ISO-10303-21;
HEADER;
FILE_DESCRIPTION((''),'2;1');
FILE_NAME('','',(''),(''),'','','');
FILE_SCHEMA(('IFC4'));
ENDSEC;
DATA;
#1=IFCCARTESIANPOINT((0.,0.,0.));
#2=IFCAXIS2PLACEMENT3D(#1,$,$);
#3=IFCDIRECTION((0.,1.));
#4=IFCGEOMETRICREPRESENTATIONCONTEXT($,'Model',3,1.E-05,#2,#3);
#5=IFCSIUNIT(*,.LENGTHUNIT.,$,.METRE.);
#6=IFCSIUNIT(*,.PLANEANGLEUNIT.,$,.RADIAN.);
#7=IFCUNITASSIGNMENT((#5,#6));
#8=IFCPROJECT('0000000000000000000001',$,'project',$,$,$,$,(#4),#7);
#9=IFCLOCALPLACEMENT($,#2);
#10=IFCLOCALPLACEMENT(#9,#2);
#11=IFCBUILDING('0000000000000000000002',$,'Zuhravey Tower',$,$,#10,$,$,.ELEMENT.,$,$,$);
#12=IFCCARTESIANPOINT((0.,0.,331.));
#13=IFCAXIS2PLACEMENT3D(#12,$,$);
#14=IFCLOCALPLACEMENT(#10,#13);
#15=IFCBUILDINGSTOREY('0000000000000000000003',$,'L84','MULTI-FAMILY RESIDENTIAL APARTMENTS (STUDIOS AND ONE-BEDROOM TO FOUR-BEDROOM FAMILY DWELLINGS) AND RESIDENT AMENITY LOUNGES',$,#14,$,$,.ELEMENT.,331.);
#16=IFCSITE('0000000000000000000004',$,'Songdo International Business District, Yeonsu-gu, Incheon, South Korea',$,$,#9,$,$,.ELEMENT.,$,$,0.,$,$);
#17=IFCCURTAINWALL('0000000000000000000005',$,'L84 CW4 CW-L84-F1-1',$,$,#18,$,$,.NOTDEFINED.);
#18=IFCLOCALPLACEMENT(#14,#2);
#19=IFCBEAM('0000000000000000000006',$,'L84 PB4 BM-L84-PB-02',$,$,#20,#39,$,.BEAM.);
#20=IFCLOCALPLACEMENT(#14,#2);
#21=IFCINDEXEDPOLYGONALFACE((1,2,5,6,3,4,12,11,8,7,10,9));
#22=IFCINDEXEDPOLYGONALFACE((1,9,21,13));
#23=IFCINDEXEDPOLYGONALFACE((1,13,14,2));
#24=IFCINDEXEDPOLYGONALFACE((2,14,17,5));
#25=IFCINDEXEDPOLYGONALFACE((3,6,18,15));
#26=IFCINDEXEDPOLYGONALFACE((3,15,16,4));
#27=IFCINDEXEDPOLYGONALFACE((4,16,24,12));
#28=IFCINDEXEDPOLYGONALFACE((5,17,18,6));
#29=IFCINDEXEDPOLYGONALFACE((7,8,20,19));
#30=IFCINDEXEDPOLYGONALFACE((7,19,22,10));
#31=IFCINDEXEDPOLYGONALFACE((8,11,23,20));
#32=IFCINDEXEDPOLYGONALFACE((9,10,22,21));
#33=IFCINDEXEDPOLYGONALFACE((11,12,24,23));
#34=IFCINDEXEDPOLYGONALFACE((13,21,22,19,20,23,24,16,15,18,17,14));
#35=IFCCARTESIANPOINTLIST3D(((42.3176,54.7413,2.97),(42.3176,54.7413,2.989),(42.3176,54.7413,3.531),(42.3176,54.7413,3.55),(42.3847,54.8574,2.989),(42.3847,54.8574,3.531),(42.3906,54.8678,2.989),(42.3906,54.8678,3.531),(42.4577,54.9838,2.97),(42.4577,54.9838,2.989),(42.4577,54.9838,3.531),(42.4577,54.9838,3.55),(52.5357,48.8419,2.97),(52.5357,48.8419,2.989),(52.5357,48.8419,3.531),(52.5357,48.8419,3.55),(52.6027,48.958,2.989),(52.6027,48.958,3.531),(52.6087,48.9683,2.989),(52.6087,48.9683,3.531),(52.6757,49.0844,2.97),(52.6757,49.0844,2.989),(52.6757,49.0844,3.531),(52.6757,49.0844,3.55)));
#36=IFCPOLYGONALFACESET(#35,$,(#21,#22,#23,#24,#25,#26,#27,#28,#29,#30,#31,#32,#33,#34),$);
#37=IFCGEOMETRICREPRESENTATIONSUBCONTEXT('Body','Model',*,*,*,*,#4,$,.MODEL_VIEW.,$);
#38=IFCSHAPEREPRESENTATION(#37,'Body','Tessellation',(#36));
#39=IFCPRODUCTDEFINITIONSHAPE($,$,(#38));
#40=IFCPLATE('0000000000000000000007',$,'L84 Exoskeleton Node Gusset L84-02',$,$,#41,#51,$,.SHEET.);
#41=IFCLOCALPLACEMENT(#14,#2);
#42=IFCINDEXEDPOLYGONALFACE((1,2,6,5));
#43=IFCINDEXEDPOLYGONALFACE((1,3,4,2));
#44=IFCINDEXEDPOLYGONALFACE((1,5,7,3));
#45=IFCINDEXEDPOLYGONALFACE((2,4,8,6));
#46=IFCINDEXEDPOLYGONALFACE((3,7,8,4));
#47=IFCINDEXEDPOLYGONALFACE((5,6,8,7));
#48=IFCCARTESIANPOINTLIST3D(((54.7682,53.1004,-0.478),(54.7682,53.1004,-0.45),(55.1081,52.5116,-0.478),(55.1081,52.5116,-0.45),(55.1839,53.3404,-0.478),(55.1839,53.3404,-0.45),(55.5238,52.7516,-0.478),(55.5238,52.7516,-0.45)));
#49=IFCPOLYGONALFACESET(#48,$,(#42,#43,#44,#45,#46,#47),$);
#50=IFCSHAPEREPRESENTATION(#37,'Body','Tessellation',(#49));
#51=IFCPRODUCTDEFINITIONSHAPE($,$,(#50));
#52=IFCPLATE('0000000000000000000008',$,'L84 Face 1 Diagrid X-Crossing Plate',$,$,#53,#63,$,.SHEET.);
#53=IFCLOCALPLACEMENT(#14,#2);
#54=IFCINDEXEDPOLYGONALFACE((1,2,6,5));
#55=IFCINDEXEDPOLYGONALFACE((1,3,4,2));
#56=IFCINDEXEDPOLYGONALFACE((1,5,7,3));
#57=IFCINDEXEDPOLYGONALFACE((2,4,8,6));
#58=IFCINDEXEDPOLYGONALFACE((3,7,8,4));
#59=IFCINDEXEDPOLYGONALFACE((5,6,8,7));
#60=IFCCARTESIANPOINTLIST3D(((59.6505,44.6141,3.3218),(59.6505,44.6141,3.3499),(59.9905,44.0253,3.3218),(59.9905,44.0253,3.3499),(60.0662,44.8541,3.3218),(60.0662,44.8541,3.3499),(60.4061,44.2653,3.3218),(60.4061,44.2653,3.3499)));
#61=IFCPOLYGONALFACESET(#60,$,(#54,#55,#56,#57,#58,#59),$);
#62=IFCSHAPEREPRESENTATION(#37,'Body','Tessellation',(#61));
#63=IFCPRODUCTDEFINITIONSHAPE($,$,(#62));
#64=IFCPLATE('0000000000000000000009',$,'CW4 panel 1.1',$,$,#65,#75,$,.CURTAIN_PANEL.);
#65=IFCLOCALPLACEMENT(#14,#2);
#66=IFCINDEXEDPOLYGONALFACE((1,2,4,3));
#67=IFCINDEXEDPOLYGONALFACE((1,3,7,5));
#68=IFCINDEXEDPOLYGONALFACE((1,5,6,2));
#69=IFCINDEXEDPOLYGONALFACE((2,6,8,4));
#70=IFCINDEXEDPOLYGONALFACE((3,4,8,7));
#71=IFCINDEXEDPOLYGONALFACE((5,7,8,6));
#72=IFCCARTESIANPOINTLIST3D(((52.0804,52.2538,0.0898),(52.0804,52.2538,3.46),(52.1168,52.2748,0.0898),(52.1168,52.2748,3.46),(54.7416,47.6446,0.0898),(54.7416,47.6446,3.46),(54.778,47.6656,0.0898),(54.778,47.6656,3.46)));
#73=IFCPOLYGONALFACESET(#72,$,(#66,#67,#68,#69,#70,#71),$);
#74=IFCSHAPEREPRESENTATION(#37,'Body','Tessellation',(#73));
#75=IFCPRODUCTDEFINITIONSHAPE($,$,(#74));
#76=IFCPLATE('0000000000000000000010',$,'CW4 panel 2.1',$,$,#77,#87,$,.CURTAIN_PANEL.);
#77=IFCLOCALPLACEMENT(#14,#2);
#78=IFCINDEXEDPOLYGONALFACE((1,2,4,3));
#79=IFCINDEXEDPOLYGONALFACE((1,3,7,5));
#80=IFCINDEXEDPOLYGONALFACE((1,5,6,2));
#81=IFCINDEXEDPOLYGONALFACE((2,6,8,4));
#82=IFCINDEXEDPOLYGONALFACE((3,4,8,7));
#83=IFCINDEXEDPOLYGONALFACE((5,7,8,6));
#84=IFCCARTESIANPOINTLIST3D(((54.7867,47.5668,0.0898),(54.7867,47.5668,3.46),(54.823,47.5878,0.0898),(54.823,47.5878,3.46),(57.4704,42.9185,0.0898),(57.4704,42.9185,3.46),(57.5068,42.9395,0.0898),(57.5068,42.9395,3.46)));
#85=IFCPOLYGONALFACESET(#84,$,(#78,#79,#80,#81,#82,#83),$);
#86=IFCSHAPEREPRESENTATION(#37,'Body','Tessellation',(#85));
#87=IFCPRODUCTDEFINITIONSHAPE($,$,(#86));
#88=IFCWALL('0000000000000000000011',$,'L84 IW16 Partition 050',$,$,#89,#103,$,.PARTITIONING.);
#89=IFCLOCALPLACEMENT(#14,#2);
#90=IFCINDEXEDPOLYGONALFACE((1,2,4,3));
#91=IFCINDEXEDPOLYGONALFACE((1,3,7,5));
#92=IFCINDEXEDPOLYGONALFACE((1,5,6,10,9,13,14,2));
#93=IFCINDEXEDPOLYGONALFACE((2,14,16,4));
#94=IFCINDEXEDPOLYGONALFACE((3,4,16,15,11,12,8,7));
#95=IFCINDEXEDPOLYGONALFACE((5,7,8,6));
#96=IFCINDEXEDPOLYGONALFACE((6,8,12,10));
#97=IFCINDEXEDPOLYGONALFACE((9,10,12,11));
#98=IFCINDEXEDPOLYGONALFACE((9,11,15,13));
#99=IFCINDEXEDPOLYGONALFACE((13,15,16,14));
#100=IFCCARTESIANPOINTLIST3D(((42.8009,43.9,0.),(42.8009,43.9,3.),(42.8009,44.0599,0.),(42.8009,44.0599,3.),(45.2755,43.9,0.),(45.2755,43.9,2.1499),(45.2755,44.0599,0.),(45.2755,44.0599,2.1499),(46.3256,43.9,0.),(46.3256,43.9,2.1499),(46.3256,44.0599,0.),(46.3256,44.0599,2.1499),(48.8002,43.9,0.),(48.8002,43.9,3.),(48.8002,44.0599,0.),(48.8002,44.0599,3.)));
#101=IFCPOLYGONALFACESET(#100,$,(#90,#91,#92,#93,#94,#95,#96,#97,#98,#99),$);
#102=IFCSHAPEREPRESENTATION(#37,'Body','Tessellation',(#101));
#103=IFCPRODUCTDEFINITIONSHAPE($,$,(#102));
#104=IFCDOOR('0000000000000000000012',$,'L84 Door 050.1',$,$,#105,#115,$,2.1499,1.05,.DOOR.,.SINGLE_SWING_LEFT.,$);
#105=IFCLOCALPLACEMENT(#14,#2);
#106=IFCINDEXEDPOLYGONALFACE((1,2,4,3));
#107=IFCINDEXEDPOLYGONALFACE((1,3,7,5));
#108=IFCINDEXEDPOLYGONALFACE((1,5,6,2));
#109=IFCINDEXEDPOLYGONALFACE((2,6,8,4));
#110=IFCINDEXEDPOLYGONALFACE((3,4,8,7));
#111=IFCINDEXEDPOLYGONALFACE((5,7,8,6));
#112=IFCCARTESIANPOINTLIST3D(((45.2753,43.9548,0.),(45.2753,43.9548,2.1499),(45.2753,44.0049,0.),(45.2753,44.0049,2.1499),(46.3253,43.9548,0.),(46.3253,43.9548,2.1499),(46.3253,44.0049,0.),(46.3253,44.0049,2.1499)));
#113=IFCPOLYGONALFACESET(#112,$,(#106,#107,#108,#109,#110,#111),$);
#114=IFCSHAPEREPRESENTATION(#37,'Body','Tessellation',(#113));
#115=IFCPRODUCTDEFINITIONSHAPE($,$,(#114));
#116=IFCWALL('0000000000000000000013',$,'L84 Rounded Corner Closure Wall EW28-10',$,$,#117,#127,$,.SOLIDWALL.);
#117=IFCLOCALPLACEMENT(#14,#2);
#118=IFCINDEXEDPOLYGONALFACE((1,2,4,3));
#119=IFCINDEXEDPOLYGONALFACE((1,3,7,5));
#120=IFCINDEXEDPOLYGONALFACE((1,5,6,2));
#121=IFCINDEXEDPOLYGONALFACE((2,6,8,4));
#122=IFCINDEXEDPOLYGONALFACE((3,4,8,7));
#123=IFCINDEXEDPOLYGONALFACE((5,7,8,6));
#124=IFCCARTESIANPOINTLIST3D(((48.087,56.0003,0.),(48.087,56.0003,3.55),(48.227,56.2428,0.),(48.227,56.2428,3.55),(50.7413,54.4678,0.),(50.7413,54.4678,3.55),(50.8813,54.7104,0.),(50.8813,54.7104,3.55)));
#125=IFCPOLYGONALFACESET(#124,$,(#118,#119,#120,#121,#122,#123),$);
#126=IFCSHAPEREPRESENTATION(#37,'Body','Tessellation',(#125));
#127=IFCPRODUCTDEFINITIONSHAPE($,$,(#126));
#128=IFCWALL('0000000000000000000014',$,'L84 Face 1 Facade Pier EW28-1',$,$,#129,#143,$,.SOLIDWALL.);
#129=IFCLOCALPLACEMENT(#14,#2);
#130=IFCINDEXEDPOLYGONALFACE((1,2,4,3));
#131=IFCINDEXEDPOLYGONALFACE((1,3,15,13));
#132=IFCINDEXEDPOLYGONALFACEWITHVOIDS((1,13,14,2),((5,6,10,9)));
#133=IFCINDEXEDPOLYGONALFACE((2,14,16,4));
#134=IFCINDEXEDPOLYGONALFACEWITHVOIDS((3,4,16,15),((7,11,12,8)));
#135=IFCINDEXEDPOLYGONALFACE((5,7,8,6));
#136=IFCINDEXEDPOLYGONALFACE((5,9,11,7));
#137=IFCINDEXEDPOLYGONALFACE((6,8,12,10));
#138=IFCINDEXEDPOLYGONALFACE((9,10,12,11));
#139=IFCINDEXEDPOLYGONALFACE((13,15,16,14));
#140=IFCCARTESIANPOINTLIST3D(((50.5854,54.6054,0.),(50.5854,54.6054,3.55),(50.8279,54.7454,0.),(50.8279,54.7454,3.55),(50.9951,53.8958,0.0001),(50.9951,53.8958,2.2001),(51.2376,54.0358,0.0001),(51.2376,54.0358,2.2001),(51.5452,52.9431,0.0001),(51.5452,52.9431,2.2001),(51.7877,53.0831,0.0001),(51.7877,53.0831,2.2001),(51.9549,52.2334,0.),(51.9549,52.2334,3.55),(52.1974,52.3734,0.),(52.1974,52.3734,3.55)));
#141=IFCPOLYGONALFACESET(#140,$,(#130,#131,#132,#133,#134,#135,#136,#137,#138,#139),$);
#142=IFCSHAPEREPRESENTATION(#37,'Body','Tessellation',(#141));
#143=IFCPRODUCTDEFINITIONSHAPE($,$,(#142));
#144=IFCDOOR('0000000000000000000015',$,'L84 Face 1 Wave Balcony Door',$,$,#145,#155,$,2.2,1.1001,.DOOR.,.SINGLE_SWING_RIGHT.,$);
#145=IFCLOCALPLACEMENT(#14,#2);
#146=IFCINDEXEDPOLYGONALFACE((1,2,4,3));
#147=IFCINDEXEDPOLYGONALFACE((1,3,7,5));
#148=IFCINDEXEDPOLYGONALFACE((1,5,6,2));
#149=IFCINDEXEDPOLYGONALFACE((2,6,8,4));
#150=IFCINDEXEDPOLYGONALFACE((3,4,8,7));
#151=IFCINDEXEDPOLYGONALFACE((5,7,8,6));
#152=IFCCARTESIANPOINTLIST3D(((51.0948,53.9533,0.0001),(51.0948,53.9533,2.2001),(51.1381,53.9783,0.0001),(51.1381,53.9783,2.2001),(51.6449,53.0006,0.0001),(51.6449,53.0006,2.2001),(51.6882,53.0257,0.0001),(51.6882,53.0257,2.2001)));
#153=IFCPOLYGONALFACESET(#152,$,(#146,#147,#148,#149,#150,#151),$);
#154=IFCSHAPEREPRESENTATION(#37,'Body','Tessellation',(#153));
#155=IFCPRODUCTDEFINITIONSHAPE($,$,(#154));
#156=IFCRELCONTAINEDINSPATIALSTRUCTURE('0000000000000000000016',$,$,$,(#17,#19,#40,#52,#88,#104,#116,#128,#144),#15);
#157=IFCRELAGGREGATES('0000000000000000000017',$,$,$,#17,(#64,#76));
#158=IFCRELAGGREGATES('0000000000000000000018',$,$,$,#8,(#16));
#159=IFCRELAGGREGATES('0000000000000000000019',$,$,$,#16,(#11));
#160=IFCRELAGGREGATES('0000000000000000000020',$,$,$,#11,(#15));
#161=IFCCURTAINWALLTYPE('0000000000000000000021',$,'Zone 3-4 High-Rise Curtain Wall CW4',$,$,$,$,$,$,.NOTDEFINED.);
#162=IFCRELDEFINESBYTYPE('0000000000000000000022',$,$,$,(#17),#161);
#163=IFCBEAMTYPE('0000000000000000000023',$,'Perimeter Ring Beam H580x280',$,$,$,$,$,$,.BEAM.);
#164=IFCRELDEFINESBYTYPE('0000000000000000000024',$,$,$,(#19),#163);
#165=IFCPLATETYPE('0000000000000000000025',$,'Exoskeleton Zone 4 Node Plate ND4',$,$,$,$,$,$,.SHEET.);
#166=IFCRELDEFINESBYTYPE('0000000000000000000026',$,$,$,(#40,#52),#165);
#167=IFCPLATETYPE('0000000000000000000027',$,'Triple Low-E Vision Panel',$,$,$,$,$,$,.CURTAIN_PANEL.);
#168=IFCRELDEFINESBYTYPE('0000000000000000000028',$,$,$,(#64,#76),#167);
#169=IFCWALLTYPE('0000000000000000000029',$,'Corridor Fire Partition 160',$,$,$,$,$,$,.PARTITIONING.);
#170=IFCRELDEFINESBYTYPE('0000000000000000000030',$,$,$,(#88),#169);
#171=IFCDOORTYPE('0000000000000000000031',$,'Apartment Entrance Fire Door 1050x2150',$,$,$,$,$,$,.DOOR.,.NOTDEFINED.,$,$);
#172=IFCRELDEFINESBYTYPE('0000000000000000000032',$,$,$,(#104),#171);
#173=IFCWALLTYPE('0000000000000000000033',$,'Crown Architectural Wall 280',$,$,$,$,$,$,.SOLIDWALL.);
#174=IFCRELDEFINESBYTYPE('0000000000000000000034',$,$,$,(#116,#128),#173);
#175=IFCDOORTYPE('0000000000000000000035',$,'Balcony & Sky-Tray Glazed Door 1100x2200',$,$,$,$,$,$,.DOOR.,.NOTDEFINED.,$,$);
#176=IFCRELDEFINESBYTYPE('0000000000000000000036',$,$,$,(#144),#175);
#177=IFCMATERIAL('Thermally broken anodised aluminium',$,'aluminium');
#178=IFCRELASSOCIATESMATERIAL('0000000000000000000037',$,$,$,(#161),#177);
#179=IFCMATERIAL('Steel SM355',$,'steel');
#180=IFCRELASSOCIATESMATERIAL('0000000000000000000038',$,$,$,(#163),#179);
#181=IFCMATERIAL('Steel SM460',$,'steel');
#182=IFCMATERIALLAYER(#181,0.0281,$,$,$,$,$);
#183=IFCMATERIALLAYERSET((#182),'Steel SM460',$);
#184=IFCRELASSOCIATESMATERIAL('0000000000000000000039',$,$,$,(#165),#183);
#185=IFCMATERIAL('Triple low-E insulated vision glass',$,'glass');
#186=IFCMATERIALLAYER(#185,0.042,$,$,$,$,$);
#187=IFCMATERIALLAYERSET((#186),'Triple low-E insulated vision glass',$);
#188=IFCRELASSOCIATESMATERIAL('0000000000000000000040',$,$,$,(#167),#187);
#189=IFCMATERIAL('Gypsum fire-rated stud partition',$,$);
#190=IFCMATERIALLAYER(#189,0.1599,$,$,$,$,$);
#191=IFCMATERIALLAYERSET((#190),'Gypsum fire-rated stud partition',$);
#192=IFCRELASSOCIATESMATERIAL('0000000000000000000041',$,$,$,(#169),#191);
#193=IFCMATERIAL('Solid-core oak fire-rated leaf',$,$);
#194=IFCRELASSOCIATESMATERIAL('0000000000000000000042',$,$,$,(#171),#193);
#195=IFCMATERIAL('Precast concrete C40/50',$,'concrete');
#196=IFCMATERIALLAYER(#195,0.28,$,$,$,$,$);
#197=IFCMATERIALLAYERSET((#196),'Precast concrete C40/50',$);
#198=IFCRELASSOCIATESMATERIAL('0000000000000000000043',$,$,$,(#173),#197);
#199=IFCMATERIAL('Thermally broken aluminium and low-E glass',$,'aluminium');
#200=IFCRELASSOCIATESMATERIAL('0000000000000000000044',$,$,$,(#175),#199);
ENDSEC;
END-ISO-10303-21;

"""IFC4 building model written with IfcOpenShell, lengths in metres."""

from ifc_helpers import new_model, si_unit, direction, frame, frame_2d, origin, origin_2d, place, context, subcontext, project, spatial, rectangle, i_section, extrude, material, layer, layer_set, material_profile, profile_set, type_object, element, fill, aggregate, save


model = new_model("IFC4")

# Units and contexts
model_context = context("Model", 3, precision=1e-05, world=origin(), true_north=direction((0.0, 1.0)))
body_context = subcontext(model_context, "Body", "Model", "MODEL_VIEW")
ifc_project = project(units=[si_unit("LENGTHUNIT", "METRE"), si_unit("PLANEANGLEUNIT", "RADIAN")], contexts=[model_context])

# Site, building, storey
site_placement = place(None, origin())
site = spatial("IfcSite", under=ifc_project, at=site_placement, Name="Songdo International Business District, Yeonsu-gu, Incheon, South Korea", CompositionType="ELEMENT", RefElevation=0.0)
building_placement = place(site_placement, origin())
building = spatial("IfcBuilding", under=site, at=building_placement, Name="Zuhravey Tower", CompositionType="ELEMENT")
storey_placement = place(building_placement, frame((0.0, 0.0, 331.0)))
storey = spatial("IfcBuildingStorey", under=building, at=storey_placement, Name="L84", Description="MULTI-FAMILY RESIDENTIAL APARTMENTS (STUDIOS AND ONE-BEDROOM TO FOUR-BEDROOM FAMILY DWELLINGS) AND RESIDENT AMENITY LOUNGES", CompositionType="ELEMENT", Elevation=331.0)

# Shared definitions
ifc_material_1 = material(Name="Thermally broken anodised aluminium", Category="aluminium")
curtain_wall_type = type_object("IfcCurtainWallType", Name="Zone 3-4 High-Rise Curtain Wall CW4", PredefinedType="NOTDEFINED", material=ifc_material_1)

# Curtain wall
curtain_wall_1_placement = place(storey_placement, origin())
curtain_wall_1 = element("IfcCurtainWall", 1, at=curtain_wall_1_placement, inside=storey, type_object=curtain_wall_type, Name="L84 CW4 CW-L84-F1-1", PredefinedType="NOTDEFINED")

# Shared definitions
ifc_material_2 = material(Name="Steel SM355", Category="steel")

# Beam
ifc_material_profile_1 = material_profile(ifc_material_2, i_section(OverallWidth=0.28, OverallDepth=0.5801, WebThickness=0.012, FlangeThickness=0.019, at=origin_2d()), Name="H-580x280x12x19")
ifc_profile_set_1 = profile_set([ifc_material_profile_1], Name="Steel SM355")
beam_type = type_object("IfcBeamType", Name="Perimeter Ring Beam H580x280", PredefinedType="BEAM", material=ifc_profile_set_1)
beam_placement = place(storey_placement, frame((52.6057, 48.9631, 3.26), z_axis=(-0.866024, 0.500002, 0.0), x_axis=(-0.500002, -0.866024, 0.0)))
element("IfcBeam", 2, at=beam_placement, inside=storey, type_object=beam_type, Name="L84 PB4 BM-L84-PB-02", PredefinedType="BEAM", context=body_context, shape_type="SweptSolid", body=[
    extrude(i_section(OverallWidth=0.28, OverallDepth=0.5801, WebThickness=0.012, FlangeThickness=0.019, at=origin_2d()), origin(), (0.0, 0.0, 1.0), 11.7988),
])

# Plates
ifc_material_3 = material(Name="Steel SM460", Category="steel")
ifc_layer_1 = layer(ifc_material_3, 0.0281)
ifc_layer_set_1 = layer_set([ifc_layer_1], Name="Steel SM460")
plate_type_1 = type_object("IfcPlateType", Name="Exoskeleton Zone 4 Node Plate ND4", PredefinedType="SHEET", material=ifc_layer_set_1)
for number, where, z_axis, x_axis, name in (
    (3, (55.146, 52.926, -0.478), (0.0, 0.0, 1.0), (-0.5, 0.866025, 0.0), "L84 Exoskeleton Node Gusset L84-02"),
    (4, (60.0283, 44.4397, 3.3218), (0.0, 0.0, 1.0), (-0.5, 0.866025, 0.0), "L84 Face 1 Diagrid X-Crossing Plate"),
):
    element("IfcPlate", number, at=place(storey_placement, frame(where, z_axis=z_axis, x_axis=x_axis)), inside=storey, type_object=plate_type_1, Name=name, PredefinedType="SHEET", context=body_context, shape_type="SweptSolid", body=[
        extrude(rectangle(XDim=0.6799, YDim=0.48, at=origin_2d()), origin(), (0.0, 0.0, 1.0), 0.0281),
    ])

# Plates
ifc_material_4 = material(Name="Triple low-E insulated vision glass", Category="glass")
ifc_layer_2 = layer(ifc_material_4, 0.042)
ifc_layer_set_2 = layer_set([ifc_layer_2], Name="Triple low-E insulated vision glass")
plate_type_2 = type_object("IfcPlateType", Name="Triple Low-E Vision Panel", PredefinedType="CURTAIN_PANEL", material=ifc_layer_set_2)
plate_1_placement = place(storey_placement, frame((53.4292, 49.9597, 0.0898), z_axis=(0.0, 0.0, 1.0), x_axis=(0.500002, -0.866024, 0.0)))
plate_1 = element("IfcPlate", 5, at=plate_1_placement, type_object=plate_type_2, Name="CW4 panel 1.1", PredefinedType="CURTAIN_PANEL", context=body_context, shape_type="SweptSolid", body=[
    extrude(rectangle(XDim=5.3223, YDim=0.042, at=origin_2d()), origin(), (0.0, 0.0, 1.0), 3.3701),
])
plate_2_placement = place(storey_placement, frame((56.1467, 45.2532, 0.0898), z_axis=(0.0, 0.0, 1.0), x_axis=(0.500002, -0.866024, 0.0)))
plate_2 = element("IfcPlate", 6, at=plate_2_placement, type_object=plate_type_2, Name="CW4 panel 2.1", PredefinedType="CURTAIN_PANEL", context=body_context, shape_type="SweptSolid", body=[
    extrude(rectangle(XDim=5.3674, YDim=0.042, at=origin_2d()), origin(), (0.0, 0.0, 1.0), 3.3701),
])
aggregate(curtain_wall_1, [plate_1, plate_2])

# Wall, opening, door
ifc_material_5 = material(Name="Gypsum fire-rated stud partition")
ifc_layer_3 = layer(ifc_material_5, 0.1599)
ifc_layer_set_3 = layer_set([ifc_layer_3], Name="Gypsum fire-rated stud partition")
wall_type_1 = type_object("IfcWallType", Name="Corridor Fire Partition 160", PredefinedType="PARTITIONING", material=ifc_layer_set_3)
wall_1_placement = place(storey_placement, frame((48.8, 43.98, 0.0), z_axis=(0.0, 0.0, 1.0), x_axis=(-1.0, 0.0, 0.0)))
wall_1 = element("IfcWall", 7, at=wall_1_placement, inside=storey, type_object=wall_type_1, Name="L84 IW16 Partition 050", PredefinedType="PARTITIONING", context=body_context, shape_type="SweptSolid", body=[
    extrude(rectangle(XDim=5.9993, YDim=0.1599, at=frame_2d((2.9995, 0.0))), origin(), (0.0, 0.0, 1.0), 3.0),
])
opening_1_placement = place(wall_1_placement, frame((2.4746, 0.0, 0.0)))
opening_1 = element("IfcOpeningElement", 8, at=opening_1_placement, cuts=wall_1, PredefinedType="OPENING", context=body_context, shape_type="SweptSolid", body=[
    extrude(rectangle(XDim=1.05, YDim=2.1499, at=frame_2d((0.5249, 1.075))), frame((0.0, 0.092, 0.0), z_axis=(0.0, -1.0, 0.0), x_axis=(1.0, 0.0, 0.0)), (0.0, 0.0, 1.0), 0.1838),
])
ifc_material_6 = material(Name="Solid-core oak fire-rated leaf")
door_type_1 = type_object("IfcDoorType", Name="Apartment Entrance Fire Door 1050x2150", OperationType="NOTDEFINED", PredefinedType="DOOR", material=ifc_material_6)
door_1_placement = place(opening_1_placement, frame((1.05, 0.0, 0.0), z_axis=(0.0, 0.0, 1.0), x_axis=(-1.0, 0.0, 0.0)))
door_1 = element("IfcDoor", 9, at=door_1_placement, inside=storey, type_object=door_type_1, Name="L84 Door 050.1", OperationType="SINGLE_SWING_LEFT", OverallHeight=2.1499, OverallWidth=1.05, PredefinedType="DOOR", context=body_context, shape_type="SweptSolid", body=[
    extrude(rectangle(XDim=1.05, YDim=2.1499, at=frame_2d((0.5249, 1.075))), frame((0.0, 0.0249, 0.0), z_axis=(0.0, -1.0, 0.0), x_axis=(1.0, 0.0, 0.0)), (0.0, 0.0, 1.0), 0.05),
])
fill(opening_1, door_1)

# Wall
ifc_material_7 = material(Name="Precast concrete C40/50", Category="concrete")
ifc_layer_4 = layer(ifc_material_7, 0.28)
ifc_layer_set_4 = layer_set([ifc_layer_4], Name="Precast concrete C40/50")
wall_type_2 = type_object("IfcWallType", Name="Crown Architectural Wall 280", PredefinedType="SOLIDWALL", material=ifc_layer_set_4)
wall_2_placement = place(storey_placement, frame((48.157, 56.1216, 0.0), z_axis=(0.0, 0.0, 1.0), x_axis=(0.866024, -0.500003, 0.0)))
element("IfcWall", 10, at=wall_2_placement, inside=storey, type_object=wall_type_2, Name="L84 Rounded Corner Closure Wall EW28-10", PredefinedType="SOLIDWALL", context=body_context, shape_type="SweptSolid", body=[
    extrude(rectangle(XDim=3.0649, YDim=0.28, at=frame_2d((1.5325, 0.0))), origin(), (0.0, 0.0, 1.0), 3.55),
])

# Wall, opening, door
wall_3_placement = place(storey_placement, frame((50.7065, 54.6755, 0.0), z_axis=(0.0, 0.0, 1.0), x_axis=(0.500031, -0.866007, 0.0)))
wall_3 = element("IfcWall", 11, at=wall_3_placement, inside=storey, type_object=wall_type_2, Name="L84 Face 1 Facade Pier EW28-1", PredefinedType="SOLIDWALL", context=body_context, shape_type="SweptSolid", body=[
    extrude(rectangle(XDim=2.739, YDim=0.28, at=frame_2d((1.3696, 0.0))), origin(), (0.0, 0.0, 1.0), 3.55),
])
opening_2_placement = place(wall_3_placement, frame((0.8196, 0.0, 0.0)))
opening_2 = element("IfcOpeningElement", 12, at=opening_2_placement, cuts=wall_3, PredefinedType="OPENING", context=body_context, shape_type="SweptSolid", body=[
    extrude(rectangle(XDim=1.1001, YDim=2.2, at=frame_2d((0.55, 1.1001))), frame((0.0, 0.1521, 0.0), z_axis=(0.0, -1.0, 0.0), x_axis=(1.0, 0.0, 0.0)), (0.0, 0.0, 1.0), 0.304),
])
ifc_material_8 = material(Name="Thermally broken aluminium and low-E glass", Category="aluminium")
door_type_2 = type_object("IfcDoorType", Name="Balcony & Sky-Tray Glazed Door 1100x2200", OperationType="NOTDEFINED", PredefinedType="DOOR", material=ifc_material_8)
door_2_placement = place(opening_2_placement, frame((1.1001, 0.0, 0.0), z_axis=(0.0, 0.0, 1.0), x_axis=(-1.0, 0.0, 0.0)))
door_2 = element("IfcDoor", 13, at=door_2_placement, inside=storey, type_object=door_type_2, Name="L84 Face 1 Wave Balcony Door", OperationType="SINGLE_SWING_RIGHT", OverallHeight=2.2, OverallWidth=1.1001, PredefinedType="DOOR", context=body_context, shape_type="SweptSolid", body=[
    extrude(rectangle(XDim=1.1001, YDim=2.2, at=frame_2d((0.55, 1.1001))), frame((0.0, 0.0249, 0.0), z_axis=(0.0, -1.0, 0.0), x_axis=(1.0, 0.0, 0.0)), (0.0, 0.0, 1.0), 0.05),
])
fill(opening_2, door_2)

save(model, "model.ifc")
